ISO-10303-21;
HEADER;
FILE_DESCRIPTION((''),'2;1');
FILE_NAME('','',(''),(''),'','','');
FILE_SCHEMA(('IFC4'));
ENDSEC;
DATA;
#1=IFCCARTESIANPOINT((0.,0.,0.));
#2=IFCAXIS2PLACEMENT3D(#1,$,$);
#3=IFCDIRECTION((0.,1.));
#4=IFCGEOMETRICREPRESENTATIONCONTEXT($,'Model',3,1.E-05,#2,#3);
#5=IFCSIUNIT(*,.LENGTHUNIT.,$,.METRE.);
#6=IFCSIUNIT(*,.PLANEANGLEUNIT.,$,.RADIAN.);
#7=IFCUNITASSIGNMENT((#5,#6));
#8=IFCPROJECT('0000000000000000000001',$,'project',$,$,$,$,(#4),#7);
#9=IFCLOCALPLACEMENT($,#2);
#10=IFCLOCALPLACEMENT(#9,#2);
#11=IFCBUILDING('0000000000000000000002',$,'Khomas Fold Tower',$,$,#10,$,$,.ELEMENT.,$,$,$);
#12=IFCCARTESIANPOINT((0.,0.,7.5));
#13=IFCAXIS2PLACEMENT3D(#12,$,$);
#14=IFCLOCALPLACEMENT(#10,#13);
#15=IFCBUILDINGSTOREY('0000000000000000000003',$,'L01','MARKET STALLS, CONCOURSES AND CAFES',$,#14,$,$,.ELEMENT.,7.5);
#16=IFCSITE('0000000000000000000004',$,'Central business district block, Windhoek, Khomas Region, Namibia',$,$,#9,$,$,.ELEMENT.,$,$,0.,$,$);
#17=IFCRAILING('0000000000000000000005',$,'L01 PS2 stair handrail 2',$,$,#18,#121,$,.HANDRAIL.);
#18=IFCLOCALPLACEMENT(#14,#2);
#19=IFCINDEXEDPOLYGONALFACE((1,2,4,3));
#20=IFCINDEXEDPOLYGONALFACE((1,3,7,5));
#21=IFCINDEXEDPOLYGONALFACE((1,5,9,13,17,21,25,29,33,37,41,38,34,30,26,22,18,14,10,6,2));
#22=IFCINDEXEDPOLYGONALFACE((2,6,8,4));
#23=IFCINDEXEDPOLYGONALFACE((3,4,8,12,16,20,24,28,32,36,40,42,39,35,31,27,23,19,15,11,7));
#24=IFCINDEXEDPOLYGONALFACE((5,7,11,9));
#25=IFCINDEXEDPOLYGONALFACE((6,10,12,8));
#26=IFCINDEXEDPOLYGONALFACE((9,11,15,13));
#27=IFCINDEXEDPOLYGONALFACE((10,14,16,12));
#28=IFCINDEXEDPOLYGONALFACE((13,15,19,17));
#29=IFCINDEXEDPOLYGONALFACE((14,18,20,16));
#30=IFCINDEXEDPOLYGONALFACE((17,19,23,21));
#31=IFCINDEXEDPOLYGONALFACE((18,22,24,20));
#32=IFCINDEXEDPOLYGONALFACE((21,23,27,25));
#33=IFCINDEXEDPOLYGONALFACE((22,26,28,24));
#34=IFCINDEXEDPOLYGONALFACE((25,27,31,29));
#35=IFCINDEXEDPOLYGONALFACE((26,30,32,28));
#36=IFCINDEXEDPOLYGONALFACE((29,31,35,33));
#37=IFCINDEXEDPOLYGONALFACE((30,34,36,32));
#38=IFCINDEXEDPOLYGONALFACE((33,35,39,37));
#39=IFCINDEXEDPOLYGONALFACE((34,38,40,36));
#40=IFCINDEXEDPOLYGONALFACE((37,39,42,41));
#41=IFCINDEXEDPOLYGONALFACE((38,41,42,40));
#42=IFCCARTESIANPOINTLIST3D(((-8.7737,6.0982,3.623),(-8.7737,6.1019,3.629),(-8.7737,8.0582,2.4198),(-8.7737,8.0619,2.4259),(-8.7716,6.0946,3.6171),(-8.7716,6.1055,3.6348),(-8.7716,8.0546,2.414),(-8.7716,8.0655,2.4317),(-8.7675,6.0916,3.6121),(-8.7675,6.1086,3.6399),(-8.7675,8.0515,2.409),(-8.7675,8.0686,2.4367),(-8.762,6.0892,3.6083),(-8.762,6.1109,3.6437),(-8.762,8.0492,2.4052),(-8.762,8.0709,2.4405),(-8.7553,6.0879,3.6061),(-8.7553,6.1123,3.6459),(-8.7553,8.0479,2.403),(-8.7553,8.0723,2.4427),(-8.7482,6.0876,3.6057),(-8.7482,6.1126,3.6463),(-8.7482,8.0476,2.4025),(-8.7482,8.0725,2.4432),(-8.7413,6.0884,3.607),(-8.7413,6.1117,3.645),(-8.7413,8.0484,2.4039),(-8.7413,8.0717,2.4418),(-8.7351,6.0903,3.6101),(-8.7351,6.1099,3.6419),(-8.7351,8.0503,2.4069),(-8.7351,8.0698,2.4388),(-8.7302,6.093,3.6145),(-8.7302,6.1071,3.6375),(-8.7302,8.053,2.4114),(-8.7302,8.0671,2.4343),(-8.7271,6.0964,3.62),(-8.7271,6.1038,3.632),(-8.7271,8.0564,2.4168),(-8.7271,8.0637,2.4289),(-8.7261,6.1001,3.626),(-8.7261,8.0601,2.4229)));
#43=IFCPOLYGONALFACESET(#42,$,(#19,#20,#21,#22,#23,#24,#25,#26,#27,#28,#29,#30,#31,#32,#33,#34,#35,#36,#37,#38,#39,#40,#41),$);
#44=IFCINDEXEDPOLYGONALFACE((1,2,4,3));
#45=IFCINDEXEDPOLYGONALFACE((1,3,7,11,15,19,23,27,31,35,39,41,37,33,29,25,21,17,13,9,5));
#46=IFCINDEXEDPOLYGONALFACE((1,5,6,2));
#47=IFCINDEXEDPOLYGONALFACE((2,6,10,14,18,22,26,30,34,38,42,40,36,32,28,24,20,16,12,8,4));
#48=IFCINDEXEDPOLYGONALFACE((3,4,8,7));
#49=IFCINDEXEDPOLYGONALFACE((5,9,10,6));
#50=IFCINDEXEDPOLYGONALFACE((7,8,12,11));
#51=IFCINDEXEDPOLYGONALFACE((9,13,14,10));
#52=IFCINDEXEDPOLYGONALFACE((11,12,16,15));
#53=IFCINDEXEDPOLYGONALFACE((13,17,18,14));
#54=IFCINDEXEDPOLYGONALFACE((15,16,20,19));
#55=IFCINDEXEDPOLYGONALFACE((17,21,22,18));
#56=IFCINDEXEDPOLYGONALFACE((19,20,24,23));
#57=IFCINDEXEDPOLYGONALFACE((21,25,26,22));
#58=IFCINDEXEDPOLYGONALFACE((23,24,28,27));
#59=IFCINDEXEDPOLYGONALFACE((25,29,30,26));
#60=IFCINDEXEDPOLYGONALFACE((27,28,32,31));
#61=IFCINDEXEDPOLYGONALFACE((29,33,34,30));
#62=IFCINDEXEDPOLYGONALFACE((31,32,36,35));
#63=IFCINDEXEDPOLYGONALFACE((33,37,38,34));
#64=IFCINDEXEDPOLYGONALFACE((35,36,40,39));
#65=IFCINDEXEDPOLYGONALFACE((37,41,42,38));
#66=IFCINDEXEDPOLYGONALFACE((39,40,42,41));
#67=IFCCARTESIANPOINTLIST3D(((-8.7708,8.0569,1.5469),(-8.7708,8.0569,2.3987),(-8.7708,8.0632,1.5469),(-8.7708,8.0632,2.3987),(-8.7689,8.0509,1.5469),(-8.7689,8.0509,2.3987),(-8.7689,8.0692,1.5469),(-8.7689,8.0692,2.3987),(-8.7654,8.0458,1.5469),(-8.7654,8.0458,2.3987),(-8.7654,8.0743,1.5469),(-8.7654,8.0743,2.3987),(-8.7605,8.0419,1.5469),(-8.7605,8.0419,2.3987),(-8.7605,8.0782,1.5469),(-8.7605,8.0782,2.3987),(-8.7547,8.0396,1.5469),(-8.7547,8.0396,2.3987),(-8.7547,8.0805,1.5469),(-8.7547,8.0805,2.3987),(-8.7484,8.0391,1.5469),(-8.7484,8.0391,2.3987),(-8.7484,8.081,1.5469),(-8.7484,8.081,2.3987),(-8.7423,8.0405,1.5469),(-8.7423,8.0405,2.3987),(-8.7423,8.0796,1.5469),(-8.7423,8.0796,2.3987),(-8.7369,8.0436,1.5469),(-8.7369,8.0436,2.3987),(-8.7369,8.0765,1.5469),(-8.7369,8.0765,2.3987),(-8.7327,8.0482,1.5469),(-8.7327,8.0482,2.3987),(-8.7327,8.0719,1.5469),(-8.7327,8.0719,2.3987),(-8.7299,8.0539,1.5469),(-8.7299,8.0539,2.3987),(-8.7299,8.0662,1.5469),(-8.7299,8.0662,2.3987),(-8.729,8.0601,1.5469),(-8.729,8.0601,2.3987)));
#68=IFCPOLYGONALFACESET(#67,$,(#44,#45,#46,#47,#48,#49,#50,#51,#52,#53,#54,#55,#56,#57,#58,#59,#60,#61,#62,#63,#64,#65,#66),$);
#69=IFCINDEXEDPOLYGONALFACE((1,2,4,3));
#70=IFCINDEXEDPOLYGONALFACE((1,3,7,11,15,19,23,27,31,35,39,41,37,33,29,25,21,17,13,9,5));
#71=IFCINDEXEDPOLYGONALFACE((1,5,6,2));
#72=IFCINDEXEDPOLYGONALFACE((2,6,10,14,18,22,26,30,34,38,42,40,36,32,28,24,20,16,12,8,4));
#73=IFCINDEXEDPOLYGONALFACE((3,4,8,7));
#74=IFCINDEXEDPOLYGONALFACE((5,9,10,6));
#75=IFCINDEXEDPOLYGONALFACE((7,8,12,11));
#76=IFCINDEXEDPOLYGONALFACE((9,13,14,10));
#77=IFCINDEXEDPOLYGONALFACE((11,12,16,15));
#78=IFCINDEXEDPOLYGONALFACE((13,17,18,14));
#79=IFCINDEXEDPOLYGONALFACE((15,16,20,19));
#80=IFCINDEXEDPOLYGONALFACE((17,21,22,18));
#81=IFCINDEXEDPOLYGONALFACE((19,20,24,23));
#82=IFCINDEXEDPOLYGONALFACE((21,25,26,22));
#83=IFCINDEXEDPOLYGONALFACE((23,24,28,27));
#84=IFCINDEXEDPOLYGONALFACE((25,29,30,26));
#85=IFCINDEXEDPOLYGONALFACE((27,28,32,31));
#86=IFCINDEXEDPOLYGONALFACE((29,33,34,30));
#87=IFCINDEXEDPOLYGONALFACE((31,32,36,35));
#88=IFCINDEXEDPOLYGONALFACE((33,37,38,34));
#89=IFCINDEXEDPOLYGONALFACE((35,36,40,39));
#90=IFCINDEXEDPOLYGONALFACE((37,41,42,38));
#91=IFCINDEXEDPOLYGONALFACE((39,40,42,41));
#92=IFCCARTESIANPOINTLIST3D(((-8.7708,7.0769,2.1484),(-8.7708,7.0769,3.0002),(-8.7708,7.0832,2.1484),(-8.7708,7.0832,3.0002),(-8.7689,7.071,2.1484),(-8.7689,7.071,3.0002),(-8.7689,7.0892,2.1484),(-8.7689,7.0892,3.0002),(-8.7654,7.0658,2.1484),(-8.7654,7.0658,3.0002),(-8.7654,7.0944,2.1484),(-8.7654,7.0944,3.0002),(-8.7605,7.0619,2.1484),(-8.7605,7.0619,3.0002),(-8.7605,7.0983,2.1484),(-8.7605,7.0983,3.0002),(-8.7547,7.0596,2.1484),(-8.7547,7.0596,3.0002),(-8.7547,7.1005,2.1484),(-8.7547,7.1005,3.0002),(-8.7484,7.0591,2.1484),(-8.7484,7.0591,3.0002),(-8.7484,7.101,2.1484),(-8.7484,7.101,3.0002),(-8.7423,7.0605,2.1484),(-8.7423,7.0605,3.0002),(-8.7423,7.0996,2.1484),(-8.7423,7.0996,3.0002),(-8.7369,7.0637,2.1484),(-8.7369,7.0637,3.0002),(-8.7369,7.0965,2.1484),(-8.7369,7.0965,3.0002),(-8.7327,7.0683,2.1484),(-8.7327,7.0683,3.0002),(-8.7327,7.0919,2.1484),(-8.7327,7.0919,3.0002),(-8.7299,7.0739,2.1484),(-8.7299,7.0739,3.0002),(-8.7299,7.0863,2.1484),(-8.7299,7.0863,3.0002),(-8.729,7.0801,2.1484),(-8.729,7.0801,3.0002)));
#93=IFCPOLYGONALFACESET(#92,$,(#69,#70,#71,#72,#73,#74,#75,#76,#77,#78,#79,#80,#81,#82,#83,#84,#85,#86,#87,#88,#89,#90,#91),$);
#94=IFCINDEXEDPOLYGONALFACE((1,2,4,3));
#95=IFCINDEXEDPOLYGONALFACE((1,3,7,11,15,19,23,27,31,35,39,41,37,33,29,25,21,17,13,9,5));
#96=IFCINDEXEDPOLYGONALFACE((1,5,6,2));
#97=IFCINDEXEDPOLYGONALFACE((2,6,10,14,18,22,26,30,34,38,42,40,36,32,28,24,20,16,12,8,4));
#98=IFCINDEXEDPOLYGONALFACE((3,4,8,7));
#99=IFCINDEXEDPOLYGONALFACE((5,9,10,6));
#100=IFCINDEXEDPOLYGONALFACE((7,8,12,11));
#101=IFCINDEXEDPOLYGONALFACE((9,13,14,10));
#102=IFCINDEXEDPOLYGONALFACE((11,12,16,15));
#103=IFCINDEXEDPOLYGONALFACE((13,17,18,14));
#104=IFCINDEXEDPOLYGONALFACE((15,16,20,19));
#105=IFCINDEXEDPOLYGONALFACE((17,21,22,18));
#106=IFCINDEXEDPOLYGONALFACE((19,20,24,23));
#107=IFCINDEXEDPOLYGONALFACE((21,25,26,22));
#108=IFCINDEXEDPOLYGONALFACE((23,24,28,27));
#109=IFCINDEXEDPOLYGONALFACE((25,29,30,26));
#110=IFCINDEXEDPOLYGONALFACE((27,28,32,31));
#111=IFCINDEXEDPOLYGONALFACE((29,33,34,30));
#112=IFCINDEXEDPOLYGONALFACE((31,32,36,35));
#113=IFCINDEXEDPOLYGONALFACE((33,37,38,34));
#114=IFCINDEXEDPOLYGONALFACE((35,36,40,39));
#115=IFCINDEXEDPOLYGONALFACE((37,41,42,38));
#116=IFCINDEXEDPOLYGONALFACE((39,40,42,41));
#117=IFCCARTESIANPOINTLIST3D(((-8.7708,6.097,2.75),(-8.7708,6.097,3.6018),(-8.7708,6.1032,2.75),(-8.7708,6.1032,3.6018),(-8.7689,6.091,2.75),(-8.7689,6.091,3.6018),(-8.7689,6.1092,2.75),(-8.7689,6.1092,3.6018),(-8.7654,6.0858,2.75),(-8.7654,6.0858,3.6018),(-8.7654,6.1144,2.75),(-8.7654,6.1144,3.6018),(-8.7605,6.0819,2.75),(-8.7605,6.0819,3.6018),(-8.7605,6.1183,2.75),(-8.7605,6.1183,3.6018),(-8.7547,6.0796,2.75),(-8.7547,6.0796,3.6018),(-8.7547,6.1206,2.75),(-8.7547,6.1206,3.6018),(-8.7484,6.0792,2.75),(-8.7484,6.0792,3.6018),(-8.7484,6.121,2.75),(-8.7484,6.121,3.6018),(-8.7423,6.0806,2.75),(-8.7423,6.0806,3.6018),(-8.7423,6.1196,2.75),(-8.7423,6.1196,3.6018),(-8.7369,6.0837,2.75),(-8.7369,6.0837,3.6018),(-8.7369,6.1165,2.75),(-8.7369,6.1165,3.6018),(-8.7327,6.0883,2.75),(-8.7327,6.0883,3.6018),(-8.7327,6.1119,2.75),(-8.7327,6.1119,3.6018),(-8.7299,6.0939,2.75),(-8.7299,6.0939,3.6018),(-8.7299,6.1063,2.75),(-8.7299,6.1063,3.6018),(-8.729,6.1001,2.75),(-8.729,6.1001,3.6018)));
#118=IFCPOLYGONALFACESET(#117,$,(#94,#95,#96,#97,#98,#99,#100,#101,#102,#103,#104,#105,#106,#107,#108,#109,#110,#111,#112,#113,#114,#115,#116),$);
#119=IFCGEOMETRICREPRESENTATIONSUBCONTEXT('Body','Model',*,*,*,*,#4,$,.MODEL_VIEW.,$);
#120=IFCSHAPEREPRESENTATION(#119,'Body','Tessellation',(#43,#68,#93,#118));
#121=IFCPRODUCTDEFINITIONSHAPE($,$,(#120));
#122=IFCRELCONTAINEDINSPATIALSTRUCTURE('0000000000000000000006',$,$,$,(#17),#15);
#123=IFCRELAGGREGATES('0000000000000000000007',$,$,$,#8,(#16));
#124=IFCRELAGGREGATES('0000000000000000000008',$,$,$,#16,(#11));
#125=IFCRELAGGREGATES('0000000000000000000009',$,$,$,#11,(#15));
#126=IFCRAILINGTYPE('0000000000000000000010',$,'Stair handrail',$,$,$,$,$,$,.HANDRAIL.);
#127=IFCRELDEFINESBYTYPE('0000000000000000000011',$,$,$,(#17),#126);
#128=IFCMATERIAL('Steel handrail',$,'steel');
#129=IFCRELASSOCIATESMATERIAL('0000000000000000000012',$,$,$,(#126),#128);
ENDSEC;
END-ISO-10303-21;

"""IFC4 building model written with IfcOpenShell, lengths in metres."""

from ifc_helpers import new_model, si_unit, direction, frame, origin, origin_2d, place, context, subcontext, project, spatial, circle, extrude, source, transform, mapped, material, type_object, element, save


model = new_model("IFC4")

# Units and contexts
model_context = context("Model", 3, precision=1e-05, world=origin(), true_north=direction((0.0, 1.0)))
body_context = subcontext(model_context, "Body", "Model", "MODEL_VIEW")
ifc_project = project(units=[si_unit("LENGTHUNIT", "METRE"), si_unit("PLANEANGLEUNIT", "RADIAN")], contexts=[model_context])

# Site, building, storey
site_placement = place(None, origin())
site = spatial("IfcSite", under=ifc_project, at=site_placement, Name="Central business district block, Windhoek, Khomas Region, Namibia", CompositionType="ELEMENT", RefElevation=0.0)
building_placement = place(site_placement, origin())
building = spatial("IfcBuilding", under=site, at=building_placement, Name="Khomas Fold Tower", CompositionType="ELEMENT")
storey_placement = place(building_placement, frame((0.0, 0.0, 7.5)))
storey = spatial("IfcBuildingStorey", under=building, at=storey_placement, Name="L01", Description="MARKET STALLS, CONCOURSES AND CAFES", CompositionType="ELEMENT", Elevation=7.5)

# Railing
ifc_material_1 = material(Name="Steel handrail", Category="steel")
railing_type_1 = type_object("IfcRailingType", Name="Stair handrail", PredefinedType="HANDRAIL", material=ifc_material_1)
shared_shape_1 = source(origin(), body_context, "Body", "SweptSolid", [
    extrude(circle(Radius=0.0239, at=origin_2d()), frame((0.0, 0.0, 0.876), z_axis=(0.0, -0.852241, 0.523149), x_axis=(1.0, 0.0, 0.0)), (0.0, 0.0, 1.0), 2.2998),
    extrude(circle(Radius=0.021, at=origin_2d()), origin(), (0.0, 0.0, 1.0), 0.8518),
    extrude(circle(Radius=0.021, at=origin_2d()), frame((0.0, -0.98, 0.6016)), (0.0, 0.0, 1.0), 0.8518),
    extrude(circle(Radius=0.021, at=origin_2d()), frame((0.0, -1.96, 1.2031)), (0.0, 0.0, 1.0), 0.8518),
])
for number, where, name in (
    (1, (-8.75, 8.0601, 1.5469), "L01 PS2 stair handrail 2"),
):
    element("IfcRailing", number, at=place(storey_placement, frame(where)), inside=storey, type_object=railing_type_1, Name=name, PredefinedType="HANDRAIL", context=body_context, shape_type="MappedRepresentation", body=[
        mapped(shared_shape_1, transform((0.0, 0.0, 0.0))),
    ])

save(model, "model.ifc")
